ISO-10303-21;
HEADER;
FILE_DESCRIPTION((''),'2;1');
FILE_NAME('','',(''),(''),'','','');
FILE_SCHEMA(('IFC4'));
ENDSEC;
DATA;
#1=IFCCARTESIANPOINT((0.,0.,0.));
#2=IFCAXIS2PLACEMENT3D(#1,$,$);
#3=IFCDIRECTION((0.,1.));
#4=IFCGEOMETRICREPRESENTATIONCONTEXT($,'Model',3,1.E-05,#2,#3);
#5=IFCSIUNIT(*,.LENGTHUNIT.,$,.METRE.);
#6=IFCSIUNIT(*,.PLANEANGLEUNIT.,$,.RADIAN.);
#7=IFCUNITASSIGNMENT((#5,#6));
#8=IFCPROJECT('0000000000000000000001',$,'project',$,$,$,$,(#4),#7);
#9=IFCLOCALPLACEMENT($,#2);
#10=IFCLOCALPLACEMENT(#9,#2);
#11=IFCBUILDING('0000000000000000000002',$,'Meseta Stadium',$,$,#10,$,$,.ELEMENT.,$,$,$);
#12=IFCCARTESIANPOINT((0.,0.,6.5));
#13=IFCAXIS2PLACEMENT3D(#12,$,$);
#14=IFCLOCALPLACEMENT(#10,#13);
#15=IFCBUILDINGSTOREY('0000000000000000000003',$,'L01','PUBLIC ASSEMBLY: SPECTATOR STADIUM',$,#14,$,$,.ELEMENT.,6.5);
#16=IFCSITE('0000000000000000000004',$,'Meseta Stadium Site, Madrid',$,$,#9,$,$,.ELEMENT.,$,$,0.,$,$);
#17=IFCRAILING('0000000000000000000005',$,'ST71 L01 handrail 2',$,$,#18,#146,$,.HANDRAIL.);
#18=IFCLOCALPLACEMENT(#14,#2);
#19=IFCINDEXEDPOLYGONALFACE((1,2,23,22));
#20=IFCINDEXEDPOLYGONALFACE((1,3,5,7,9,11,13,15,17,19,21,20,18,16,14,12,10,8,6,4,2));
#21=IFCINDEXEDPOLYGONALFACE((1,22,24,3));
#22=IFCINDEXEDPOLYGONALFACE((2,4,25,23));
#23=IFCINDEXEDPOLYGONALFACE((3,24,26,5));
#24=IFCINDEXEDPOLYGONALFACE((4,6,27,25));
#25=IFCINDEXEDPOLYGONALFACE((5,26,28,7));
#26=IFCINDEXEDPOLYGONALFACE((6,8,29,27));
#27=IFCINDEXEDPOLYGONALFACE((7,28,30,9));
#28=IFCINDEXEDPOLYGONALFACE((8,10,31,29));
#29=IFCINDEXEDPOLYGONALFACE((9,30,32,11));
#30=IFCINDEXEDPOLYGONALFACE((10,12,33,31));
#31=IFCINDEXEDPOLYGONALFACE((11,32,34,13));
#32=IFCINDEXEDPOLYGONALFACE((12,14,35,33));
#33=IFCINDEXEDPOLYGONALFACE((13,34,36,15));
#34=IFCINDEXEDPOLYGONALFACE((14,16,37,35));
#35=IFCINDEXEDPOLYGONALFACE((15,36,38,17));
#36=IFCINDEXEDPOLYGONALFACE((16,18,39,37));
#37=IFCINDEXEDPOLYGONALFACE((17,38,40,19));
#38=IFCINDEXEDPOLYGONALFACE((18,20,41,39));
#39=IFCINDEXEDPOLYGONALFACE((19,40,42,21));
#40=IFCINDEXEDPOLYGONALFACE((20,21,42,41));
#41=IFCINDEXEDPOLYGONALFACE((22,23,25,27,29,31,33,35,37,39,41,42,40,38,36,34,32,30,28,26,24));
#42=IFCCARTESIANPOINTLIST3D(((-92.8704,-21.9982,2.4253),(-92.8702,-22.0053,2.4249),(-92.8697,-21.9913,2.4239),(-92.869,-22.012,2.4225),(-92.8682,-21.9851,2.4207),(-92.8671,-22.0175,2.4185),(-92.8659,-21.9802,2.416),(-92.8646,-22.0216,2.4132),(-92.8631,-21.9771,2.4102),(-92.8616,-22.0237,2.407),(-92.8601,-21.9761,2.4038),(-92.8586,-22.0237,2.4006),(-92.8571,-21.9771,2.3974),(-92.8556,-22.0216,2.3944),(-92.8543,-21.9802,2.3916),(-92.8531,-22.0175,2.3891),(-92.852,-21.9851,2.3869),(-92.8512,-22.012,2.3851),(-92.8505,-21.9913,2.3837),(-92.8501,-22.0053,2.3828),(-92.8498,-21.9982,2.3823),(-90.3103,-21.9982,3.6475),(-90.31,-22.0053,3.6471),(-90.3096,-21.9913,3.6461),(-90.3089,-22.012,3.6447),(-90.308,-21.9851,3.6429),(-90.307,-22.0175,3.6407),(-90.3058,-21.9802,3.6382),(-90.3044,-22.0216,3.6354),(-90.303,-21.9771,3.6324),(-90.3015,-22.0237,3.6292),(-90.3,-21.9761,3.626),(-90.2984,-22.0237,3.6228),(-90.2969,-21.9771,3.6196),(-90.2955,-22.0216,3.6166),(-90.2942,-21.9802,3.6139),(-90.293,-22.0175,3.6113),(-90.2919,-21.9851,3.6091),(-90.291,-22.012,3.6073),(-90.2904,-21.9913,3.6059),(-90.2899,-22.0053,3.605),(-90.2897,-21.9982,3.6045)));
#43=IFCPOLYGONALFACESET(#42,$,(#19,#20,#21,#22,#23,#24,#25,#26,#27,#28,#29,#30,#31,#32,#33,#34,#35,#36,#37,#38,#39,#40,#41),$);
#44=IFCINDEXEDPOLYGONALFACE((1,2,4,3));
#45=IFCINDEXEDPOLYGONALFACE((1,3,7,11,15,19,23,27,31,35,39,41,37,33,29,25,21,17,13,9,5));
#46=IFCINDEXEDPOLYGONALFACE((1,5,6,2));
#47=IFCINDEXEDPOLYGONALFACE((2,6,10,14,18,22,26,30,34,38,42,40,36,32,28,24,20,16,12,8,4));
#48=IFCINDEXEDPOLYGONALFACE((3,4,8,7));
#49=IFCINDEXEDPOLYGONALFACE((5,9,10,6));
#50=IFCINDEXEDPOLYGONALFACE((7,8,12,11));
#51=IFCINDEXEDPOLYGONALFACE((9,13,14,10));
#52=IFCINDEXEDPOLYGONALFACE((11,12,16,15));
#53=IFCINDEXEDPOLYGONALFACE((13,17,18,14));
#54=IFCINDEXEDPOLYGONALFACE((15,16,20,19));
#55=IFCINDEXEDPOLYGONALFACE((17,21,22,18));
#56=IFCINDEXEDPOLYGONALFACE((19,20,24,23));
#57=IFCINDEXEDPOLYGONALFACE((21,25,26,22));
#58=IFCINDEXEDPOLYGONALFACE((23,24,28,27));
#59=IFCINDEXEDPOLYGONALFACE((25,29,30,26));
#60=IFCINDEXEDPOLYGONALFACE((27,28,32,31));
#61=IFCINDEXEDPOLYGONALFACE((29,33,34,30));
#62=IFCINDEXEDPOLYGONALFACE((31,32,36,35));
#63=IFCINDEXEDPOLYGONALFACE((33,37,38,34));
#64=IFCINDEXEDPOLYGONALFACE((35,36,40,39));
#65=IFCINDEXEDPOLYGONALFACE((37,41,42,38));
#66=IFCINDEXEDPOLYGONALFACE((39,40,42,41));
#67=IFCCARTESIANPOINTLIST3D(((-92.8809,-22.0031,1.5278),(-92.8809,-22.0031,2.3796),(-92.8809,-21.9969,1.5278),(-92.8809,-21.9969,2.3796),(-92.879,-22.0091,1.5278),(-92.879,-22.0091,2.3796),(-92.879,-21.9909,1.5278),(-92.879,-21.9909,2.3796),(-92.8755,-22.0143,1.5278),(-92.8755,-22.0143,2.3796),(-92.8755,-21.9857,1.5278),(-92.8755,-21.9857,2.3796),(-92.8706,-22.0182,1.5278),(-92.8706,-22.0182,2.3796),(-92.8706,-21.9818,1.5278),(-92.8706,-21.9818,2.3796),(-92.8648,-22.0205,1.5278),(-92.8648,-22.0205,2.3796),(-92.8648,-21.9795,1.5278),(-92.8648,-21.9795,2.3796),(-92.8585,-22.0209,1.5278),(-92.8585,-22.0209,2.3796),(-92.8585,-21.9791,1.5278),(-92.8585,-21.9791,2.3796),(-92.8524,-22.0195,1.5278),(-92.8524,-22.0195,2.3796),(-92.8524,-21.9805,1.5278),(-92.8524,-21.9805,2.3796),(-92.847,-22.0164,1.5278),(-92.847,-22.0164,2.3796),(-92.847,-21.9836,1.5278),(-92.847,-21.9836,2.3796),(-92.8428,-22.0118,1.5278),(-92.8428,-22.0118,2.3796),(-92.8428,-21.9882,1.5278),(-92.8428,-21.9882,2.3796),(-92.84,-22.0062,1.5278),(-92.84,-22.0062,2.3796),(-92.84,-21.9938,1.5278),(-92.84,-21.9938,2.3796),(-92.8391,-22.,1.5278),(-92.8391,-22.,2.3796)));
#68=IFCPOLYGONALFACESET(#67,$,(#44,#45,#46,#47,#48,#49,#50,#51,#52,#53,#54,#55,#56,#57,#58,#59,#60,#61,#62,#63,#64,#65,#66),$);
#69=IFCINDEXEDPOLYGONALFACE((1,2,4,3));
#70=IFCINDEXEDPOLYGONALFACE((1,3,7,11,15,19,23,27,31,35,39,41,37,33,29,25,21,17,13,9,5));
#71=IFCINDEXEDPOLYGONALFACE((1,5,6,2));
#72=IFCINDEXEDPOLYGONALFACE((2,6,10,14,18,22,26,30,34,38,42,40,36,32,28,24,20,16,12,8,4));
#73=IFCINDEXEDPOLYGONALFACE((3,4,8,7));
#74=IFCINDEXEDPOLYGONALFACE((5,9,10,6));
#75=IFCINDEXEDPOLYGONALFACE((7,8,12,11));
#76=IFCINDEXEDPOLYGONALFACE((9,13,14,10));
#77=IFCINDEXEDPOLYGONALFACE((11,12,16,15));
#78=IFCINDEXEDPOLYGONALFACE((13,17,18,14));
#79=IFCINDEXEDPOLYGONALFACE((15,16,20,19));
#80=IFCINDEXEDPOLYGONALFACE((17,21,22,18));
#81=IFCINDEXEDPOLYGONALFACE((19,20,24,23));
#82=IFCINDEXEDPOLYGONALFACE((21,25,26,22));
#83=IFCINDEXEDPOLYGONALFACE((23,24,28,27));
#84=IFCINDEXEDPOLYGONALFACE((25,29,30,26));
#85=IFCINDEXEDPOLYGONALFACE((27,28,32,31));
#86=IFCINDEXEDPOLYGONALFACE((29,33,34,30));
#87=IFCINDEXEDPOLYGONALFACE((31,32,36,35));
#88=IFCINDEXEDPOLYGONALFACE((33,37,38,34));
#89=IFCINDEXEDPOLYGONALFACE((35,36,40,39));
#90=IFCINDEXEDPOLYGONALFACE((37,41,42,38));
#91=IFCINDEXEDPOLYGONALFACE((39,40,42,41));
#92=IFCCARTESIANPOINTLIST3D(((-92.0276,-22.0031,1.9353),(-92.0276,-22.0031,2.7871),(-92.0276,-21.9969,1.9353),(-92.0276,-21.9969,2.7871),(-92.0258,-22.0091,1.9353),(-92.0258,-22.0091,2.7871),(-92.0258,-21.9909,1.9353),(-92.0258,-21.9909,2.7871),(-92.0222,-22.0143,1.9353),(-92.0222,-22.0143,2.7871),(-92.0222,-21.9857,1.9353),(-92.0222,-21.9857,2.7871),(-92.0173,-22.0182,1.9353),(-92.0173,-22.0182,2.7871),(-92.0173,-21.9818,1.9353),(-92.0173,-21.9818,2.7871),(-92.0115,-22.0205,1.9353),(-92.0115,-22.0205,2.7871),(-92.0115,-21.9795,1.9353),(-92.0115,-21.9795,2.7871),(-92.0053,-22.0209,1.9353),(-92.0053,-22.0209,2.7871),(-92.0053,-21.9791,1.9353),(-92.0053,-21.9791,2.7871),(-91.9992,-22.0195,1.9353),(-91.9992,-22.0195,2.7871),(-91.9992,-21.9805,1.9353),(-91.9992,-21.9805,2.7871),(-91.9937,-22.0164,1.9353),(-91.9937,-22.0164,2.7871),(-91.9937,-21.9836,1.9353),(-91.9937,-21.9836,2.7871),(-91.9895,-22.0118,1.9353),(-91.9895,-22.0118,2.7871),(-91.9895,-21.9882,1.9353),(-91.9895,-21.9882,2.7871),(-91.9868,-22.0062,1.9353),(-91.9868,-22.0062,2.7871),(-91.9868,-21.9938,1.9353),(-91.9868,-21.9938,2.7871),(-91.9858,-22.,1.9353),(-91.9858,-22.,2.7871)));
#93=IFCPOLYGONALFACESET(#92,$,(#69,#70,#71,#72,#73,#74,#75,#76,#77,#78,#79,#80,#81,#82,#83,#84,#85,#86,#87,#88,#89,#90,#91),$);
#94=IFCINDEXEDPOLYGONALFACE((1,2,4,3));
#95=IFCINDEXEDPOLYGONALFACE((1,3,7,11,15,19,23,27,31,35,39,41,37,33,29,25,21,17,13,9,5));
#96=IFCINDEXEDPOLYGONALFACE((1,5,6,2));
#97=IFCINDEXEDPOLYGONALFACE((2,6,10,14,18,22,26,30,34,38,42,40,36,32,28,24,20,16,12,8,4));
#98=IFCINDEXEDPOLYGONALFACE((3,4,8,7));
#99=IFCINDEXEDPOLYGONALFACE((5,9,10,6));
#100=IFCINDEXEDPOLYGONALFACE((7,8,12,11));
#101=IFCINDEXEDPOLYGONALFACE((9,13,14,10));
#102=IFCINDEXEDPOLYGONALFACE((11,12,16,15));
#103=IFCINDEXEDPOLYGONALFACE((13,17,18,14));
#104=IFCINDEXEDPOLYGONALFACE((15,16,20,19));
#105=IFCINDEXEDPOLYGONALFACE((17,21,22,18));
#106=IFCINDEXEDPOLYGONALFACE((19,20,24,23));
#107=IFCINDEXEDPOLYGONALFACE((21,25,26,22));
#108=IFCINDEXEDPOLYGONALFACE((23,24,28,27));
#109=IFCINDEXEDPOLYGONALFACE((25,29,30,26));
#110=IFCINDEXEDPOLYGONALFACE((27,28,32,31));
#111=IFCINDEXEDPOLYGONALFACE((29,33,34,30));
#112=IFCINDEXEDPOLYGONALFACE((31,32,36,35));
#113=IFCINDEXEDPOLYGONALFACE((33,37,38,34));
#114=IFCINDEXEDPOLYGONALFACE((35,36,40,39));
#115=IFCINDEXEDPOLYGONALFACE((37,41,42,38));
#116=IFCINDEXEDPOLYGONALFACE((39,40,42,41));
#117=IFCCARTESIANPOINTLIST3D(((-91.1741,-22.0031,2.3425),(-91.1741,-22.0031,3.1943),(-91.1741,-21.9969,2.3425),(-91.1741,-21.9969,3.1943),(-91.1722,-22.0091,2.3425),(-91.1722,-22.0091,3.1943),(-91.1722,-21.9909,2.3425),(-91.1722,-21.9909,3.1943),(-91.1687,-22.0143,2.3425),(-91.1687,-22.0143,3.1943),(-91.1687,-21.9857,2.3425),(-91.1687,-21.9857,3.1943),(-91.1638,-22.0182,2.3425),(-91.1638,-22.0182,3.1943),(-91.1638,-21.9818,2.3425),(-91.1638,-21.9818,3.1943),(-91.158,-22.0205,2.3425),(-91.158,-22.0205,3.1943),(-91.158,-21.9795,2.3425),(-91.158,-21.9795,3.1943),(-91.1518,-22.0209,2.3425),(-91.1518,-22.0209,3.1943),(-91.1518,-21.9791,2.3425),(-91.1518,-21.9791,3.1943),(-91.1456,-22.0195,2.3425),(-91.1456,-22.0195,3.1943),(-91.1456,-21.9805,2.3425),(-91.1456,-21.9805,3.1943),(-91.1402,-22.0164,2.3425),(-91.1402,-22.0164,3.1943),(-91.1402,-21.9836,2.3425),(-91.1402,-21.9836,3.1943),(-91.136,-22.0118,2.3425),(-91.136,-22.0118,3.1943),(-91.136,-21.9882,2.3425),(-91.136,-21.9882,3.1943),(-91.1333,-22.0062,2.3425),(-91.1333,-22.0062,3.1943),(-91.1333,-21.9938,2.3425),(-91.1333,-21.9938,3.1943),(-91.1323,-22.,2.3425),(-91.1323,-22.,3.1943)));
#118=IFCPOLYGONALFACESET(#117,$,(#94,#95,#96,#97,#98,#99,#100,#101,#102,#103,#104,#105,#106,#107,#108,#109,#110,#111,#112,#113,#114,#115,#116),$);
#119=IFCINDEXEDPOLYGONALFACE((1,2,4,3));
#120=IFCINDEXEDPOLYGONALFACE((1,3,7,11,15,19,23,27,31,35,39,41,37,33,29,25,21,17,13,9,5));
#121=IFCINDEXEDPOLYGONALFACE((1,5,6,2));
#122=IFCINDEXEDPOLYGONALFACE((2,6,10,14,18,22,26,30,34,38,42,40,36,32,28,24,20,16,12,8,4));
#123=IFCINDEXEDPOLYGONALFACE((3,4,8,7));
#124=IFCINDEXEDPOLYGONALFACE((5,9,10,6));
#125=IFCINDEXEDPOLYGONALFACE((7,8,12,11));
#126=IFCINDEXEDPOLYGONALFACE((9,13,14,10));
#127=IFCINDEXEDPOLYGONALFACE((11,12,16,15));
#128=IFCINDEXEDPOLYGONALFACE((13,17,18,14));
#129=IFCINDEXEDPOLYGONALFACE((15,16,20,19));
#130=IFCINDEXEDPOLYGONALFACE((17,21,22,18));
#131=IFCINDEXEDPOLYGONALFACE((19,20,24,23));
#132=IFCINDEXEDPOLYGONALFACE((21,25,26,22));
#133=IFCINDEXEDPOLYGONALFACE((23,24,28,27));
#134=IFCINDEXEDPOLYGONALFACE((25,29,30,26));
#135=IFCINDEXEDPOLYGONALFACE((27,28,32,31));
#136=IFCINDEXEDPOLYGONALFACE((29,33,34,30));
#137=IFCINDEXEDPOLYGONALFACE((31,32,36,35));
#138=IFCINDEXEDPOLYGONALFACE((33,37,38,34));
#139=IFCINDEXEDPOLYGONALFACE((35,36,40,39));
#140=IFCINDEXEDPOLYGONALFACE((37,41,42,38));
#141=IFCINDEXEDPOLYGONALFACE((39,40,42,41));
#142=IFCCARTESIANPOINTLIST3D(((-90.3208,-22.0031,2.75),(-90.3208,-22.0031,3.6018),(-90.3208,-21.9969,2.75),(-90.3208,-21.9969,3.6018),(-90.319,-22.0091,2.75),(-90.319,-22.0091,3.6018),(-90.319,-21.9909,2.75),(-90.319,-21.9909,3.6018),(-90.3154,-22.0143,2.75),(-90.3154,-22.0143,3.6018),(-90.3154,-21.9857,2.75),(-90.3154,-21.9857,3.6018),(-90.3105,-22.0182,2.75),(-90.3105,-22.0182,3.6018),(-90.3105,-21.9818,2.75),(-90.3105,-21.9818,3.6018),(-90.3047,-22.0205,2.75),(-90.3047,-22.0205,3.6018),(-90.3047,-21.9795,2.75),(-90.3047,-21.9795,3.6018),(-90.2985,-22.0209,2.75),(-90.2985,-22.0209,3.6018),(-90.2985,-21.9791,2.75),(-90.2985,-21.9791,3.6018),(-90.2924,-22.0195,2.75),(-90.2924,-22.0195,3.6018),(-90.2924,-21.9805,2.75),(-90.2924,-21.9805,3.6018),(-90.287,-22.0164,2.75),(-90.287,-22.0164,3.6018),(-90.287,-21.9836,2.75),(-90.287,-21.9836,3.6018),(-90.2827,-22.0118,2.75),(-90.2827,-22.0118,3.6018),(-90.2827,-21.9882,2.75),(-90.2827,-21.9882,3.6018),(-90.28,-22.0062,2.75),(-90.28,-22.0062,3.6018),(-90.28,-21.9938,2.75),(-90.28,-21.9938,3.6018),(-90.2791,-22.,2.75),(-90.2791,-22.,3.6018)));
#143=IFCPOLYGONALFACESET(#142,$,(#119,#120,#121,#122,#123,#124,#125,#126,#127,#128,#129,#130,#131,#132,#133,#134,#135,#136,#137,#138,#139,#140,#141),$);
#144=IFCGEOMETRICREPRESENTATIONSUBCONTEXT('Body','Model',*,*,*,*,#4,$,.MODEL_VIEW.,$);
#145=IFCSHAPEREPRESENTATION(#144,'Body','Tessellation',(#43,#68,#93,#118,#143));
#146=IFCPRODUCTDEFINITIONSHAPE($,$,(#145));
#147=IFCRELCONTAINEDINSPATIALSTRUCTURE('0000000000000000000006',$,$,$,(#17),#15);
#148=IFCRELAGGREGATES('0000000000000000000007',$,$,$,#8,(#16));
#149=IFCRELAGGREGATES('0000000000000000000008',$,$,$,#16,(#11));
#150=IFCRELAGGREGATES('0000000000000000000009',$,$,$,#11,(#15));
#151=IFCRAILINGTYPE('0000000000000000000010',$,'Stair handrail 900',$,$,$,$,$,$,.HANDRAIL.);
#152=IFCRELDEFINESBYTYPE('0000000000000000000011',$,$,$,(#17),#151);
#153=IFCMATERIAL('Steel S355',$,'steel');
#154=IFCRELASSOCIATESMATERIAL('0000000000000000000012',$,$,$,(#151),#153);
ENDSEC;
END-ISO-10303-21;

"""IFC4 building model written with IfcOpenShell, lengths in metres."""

from ifc_helpers import new_model, si_unit, direction, frame, origin, origin_2d, place, context, subcontext, project, spatial, circle, extrude, material, type_object, element, save


model = new_model("IFC4")

# Units and contexts
model_context = context("Model", 3, precision=1e-05, world=origin(), true_north=direction((0.0, 1.0)))
body_context = subcontext(model_context, "Body", "Model", "MODEL_VIEW")
ifc_project = project(units=[si_unit("LENGTHUNIT", "METRE"), si_unit("PLANEANGLEUNIT", "RADIAN")], contexts=[model_context])

# Site, building, storey
site_placement = place(None, origin())
site = spatial("IfcSite", under=ifc_project, at=site_placement, Name="Meseta Stadium Site, Madrid", CompositionType="ELEMENT", RefElevation=0.0)
building_placement = place(site_placement, origin())
building = spatial("IfcBuilding", under=site, at=building_placement, Name="Meseta Stadium", CompositionType="ELEMENT")
storey_placement = place(building_placement, frame((0.0, 0.0, 6.5)))
storey = spatial("IfcBuildingStorey", under=building, at=storey_placement, Name="L01", Description="PUBLIC ASSEMBLY: SPECTATOR STADIUM", CompositionType="ELEMENT", Elevation=6.5)

# Railing
ifc_material_1 = material(Name="Steel S355", Category="steel")
railing_type_1 = type_object("IfcRailingType", Name="Stair handrail 900", PredefinedType="HANDRAIL", material=ifc_material_1)
for number, where, name in (
    (1, (-92.8601, -22.0, 1.5278), "ST71 L01 handrail 2"),
):
    element("IfcRailing", number, at=place(storey_placement, frame(where)), inside=storey, type_object=railing_type_1, Name=name, PredefinedType="HANDRAIL", context=body_context, shape_type="SweptSolid", body=[
        extrude(circle(Radius=0.0239, at=origin_2d()), frame((0.0, 0.0, 0.876), z_axis=(0.902437, 0.0, 0.430822), x_axis=(0.0, 1.0, 0.0)), (0.0, 0.0, 1.0), 2.8369),
        extrude(circle(Radius=0.021, at=origin_2d()), origin(), (0.0, 0.0, 1.0), 0.8518),
        extrude(circle(Radius=0.021, at=origin_2d()), frame((0.8533, 0.0, 0.4075)), (0.0, 0.0, 1.0), 0.8518),
        extrude(circle(Radius=0.021, at=origin_2d()), frame((1.7068, 0.0, 0.8147)), (0.0, 0.0, 1.0), 0.8518),
        extrude(circle(Radius=0.021, at=origin_2d()), frame((2.5601, 0.0, 1.2222)), (0.0, 0.0, 1.0), 0.8518),
    ])

save(model, "model.ifc")
